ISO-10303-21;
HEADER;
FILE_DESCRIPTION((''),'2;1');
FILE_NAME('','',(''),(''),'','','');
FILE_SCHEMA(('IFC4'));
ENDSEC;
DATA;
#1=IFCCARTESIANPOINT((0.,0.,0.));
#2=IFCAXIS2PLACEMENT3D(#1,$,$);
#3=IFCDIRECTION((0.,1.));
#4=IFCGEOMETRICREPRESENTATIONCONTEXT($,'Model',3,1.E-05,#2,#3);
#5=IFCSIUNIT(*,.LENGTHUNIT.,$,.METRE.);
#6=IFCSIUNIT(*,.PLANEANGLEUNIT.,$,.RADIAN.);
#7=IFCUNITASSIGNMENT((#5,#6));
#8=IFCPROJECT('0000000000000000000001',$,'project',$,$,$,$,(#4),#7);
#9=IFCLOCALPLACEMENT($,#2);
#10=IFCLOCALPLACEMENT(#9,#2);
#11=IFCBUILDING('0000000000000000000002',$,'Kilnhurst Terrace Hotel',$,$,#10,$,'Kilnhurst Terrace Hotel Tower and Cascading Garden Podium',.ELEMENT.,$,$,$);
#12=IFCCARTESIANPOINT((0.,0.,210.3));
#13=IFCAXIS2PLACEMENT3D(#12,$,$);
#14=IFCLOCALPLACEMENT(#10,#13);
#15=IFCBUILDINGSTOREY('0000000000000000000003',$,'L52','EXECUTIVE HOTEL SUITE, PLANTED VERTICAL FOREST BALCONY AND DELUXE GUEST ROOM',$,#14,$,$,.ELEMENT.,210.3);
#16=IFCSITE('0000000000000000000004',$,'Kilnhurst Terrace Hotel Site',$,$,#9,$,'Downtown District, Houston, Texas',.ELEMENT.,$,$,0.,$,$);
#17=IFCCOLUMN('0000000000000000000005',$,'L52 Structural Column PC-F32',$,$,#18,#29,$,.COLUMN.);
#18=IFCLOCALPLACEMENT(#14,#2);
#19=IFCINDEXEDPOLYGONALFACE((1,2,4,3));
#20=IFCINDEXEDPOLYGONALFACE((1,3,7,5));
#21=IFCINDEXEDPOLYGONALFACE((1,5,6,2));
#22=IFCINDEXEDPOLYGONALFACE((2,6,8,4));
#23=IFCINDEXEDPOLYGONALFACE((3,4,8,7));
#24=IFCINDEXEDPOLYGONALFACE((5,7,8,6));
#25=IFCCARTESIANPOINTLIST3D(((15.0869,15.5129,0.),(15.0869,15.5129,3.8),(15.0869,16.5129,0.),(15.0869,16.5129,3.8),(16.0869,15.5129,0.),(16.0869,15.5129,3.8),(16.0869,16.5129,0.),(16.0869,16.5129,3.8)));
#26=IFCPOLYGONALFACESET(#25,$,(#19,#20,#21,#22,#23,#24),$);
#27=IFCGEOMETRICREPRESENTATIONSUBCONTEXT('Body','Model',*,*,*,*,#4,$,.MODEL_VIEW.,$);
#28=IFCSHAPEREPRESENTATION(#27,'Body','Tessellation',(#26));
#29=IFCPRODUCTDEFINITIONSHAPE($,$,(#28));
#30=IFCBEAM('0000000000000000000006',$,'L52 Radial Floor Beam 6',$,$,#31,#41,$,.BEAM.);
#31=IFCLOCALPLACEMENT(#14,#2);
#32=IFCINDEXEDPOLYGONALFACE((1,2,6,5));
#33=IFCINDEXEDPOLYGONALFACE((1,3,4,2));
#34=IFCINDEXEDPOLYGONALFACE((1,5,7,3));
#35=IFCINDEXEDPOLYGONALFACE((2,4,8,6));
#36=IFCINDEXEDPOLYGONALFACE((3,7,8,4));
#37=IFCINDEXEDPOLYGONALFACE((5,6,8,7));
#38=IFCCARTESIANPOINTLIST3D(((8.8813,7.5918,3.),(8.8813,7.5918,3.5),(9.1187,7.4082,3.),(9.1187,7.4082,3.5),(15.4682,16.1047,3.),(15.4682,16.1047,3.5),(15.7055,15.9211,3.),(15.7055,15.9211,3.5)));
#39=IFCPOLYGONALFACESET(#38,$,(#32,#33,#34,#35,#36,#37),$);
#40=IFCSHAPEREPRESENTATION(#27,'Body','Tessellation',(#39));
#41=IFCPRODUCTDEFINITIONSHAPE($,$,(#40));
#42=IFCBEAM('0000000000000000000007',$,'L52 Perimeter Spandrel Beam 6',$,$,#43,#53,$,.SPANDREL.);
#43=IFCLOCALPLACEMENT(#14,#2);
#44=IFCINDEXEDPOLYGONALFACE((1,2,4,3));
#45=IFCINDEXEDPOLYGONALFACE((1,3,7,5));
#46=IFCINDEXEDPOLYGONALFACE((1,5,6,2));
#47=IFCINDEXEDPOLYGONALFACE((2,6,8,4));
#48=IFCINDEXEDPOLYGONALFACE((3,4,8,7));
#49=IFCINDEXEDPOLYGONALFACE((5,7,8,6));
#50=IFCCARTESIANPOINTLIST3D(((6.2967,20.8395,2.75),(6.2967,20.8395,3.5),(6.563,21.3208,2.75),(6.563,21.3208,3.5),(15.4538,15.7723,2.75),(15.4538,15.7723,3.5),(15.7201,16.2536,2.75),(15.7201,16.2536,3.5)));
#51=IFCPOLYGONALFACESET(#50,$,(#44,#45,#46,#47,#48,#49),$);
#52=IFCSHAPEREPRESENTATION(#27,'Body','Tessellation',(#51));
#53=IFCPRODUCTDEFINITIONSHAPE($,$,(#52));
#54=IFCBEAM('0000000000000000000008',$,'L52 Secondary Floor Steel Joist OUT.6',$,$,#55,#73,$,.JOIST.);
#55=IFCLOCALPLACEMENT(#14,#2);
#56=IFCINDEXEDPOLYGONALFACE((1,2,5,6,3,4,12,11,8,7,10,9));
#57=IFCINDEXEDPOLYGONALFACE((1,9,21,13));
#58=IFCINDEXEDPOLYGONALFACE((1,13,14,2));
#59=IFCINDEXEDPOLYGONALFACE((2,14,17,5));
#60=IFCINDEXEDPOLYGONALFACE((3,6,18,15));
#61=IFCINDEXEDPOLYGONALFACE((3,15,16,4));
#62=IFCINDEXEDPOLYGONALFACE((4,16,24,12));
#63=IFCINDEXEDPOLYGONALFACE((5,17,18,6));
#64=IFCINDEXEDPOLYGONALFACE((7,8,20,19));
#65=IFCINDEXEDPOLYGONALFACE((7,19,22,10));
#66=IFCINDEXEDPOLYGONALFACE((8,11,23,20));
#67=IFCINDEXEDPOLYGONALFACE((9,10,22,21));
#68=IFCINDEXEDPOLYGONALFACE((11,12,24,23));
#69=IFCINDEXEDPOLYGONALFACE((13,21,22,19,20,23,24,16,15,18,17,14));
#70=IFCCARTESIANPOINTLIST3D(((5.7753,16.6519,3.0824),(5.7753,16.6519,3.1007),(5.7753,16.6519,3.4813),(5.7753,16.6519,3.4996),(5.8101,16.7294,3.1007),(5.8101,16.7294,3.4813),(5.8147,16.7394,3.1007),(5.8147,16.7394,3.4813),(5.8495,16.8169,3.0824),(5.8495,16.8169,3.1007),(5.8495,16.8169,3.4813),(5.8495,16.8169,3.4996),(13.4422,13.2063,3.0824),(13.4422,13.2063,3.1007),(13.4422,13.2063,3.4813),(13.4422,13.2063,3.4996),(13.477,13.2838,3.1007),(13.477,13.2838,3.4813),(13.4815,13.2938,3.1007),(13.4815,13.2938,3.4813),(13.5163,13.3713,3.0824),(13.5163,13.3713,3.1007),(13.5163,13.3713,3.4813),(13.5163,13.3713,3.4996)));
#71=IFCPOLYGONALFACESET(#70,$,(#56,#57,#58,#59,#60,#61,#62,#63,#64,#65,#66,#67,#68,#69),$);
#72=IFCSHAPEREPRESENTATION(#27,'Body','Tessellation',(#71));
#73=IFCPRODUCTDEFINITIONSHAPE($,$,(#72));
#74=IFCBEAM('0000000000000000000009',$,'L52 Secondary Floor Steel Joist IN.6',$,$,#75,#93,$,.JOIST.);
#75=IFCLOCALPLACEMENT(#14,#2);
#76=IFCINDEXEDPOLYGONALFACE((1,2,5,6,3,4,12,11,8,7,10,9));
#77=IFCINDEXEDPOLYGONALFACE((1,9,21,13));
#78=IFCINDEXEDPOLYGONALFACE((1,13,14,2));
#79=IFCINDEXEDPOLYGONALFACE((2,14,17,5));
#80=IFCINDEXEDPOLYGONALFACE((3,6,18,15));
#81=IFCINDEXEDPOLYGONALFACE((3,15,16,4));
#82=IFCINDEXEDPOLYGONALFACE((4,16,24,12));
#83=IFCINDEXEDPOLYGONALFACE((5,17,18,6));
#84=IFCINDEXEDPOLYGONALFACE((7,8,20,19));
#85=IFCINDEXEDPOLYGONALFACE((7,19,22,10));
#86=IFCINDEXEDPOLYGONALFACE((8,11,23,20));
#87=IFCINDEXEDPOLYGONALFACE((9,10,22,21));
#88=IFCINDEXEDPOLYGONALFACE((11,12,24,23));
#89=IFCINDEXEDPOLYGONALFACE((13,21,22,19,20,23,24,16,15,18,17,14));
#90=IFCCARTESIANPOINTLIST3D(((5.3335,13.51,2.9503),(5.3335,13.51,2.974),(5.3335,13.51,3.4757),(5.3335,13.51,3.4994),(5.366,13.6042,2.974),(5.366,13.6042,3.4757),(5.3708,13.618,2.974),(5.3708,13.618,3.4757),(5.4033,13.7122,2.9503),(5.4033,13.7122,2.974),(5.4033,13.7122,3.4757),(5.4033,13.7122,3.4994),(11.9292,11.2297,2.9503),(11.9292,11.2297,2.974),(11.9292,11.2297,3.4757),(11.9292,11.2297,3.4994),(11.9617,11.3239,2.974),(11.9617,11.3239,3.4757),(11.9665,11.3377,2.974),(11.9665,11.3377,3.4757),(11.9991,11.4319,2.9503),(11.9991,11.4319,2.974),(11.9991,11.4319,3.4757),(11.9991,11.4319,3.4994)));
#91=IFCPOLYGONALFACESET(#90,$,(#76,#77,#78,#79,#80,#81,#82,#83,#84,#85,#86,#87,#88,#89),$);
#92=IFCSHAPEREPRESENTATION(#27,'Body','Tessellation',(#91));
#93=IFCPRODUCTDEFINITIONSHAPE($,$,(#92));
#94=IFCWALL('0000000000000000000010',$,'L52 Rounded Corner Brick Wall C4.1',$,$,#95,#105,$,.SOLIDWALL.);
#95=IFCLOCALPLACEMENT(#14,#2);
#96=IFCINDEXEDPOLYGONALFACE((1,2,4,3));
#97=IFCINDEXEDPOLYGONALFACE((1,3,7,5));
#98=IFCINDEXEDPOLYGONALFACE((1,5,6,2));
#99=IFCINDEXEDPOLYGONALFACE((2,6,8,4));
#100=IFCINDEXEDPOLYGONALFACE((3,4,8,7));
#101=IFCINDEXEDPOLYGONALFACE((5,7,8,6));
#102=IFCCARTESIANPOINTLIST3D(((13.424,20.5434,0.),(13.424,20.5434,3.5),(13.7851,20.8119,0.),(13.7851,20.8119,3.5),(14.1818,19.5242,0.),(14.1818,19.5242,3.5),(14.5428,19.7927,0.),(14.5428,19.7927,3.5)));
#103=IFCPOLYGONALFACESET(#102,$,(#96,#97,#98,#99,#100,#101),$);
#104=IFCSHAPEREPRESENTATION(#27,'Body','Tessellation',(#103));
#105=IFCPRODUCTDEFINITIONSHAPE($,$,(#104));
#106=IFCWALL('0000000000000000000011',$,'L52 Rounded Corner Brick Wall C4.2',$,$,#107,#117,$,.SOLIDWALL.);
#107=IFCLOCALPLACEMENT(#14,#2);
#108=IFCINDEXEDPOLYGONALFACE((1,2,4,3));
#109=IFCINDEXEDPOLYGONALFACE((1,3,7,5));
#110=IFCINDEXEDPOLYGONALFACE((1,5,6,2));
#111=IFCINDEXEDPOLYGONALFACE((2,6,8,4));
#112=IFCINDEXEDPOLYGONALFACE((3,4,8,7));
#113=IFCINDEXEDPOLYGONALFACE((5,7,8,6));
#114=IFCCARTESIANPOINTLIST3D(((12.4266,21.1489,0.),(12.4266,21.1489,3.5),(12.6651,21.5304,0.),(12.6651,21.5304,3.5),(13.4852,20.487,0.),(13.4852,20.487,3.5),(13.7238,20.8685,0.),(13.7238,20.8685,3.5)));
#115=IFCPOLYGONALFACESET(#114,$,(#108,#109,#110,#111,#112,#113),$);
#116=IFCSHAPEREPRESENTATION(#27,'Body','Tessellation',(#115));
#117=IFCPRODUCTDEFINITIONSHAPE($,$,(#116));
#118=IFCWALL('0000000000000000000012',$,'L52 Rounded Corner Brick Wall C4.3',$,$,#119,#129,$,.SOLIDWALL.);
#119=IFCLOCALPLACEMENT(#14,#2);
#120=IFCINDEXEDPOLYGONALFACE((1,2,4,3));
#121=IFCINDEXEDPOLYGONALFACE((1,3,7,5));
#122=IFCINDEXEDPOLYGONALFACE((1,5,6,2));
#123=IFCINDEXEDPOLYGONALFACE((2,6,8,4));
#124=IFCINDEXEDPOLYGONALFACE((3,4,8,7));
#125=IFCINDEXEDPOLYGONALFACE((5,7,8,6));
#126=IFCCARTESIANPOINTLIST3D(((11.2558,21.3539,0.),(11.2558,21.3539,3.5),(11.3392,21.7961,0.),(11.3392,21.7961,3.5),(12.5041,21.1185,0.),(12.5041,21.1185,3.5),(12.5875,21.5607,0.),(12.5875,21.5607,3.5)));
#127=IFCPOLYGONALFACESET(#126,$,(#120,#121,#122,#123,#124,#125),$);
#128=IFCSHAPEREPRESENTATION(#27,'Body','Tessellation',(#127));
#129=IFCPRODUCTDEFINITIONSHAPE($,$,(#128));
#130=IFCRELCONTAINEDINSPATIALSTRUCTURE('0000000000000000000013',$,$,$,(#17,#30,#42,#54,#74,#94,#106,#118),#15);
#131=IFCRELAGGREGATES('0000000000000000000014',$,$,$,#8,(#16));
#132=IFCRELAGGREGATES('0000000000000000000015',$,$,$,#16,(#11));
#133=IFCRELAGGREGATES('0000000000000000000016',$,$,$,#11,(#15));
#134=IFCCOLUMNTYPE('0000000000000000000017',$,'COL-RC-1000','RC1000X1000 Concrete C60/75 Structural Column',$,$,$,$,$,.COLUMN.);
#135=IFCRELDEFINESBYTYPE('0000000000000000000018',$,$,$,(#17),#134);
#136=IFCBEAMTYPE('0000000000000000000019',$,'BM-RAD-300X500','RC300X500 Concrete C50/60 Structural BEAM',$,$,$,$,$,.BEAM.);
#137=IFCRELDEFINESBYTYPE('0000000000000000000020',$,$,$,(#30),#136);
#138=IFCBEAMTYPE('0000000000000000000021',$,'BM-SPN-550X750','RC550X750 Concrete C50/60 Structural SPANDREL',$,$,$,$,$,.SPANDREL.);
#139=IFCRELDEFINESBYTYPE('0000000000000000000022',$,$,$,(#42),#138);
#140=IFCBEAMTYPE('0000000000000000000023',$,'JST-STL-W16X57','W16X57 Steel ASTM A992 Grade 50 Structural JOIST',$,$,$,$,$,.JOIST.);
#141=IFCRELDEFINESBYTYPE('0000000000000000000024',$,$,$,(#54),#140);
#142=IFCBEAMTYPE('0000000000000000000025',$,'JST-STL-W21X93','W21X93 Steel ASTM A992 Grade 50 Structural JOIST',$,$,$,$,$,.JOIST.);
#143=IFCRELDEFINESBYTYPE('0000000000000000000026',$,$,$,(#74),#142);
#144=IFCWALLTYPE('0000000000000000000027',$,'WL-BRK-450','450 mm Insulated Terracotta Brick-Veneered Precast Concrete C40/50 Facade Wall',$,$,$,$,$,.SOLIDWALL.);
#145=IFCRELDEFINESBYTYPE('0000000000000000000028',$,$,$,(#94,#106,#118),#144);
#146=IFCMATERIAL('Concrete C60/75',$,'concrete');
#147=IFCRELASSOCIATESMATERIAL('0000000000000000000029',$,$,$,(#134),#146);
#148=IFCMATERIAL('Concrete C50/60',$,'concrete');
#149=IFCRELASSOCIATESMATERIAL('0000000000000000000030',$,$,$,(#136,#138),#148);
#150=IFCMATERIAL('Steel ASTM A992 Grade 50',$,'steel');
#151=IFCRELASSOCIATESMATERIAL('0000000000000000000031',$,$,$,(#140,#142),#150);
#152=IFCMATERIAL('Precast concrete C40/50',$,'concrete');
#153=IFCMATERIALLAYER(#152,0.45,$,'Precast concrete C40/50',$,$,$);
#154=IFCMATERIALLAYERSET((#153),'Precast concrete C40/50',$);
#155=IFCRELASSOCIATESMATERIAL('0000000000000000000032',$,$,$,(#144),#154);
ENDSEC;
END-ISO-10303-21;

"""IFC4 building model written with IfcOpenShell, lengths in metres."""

from ifc_helpers import new_model, si_unit, direction, frame, frame_2d, origin, origin_2d, place, context, subcontext, project, spatial, rectangle, i_section, extrude, material, layer, layer_set, material_profile, profile_set, type_object, element, save


model = new_model("IFC4")

# Units and contexts
model_context = context("Model", 3, precision=1e-05, world=origin(), true_north=direction((0.0, 1.0)))
body_context = subcontext(model_context, "Body", "Model", "MODEL_VIEW")
ifc_project = project(units=[si_unit("LENGTHUNIT", "METRE"), si_unit("PLANEANGLEUNIT", "RADIAN")], contexts=[model_context])

# Site, building, storey
site_placement = place(None, origin())
site = spatial("IfcSite", under=ifc_project, at=site_placement, Name="Kilnhurst Terrace Hotel Site", LongName="Downtown District, Houston, Texas", CompositionType="ELEMENT", RefElevation=0.0)
building_placement = place(site_placement, origin())
building = spatial("IfcBuilding", under=site, at=building_placement, Name="Kilnhurst Terrace Hotel", LongName="Kilnhurst Terrace Hotel Tower and Cascading Garden Podium", CompositionType="ELEMENT")
storey_placement = place(building_placement, frame((0.0, 0.0, 210.3)))
storey = spatial("IfcBuildingStorey", under=building, at=storey_placement, Name="L52", Description="EXECUTIVE HOTEL SUITE, PLANTED VERTICAL FOREST BALCONY AND DELUXE GUEST ROOM", CompositionType="ELEMENT", Elevation=210.3)

# Column
ifc_material_1 = material(Name="Concrete C60/75", Category="concrete")
ifc_material_profile_1 = material_profile(ifc_material_1, rectangle(XDim=1.0, YDim=1.0, at=origin_2d()), Name="RC1000X1000")
ifc_profile_set_1 = profile_set([ifc_material_profile_1], Name="Concrete C60/75")
column_type = type_object("IfcColumnType", Name="COL-RC-1000", Description="RC1000X1000 Concrete C60/75 Structural Column", PredefinedType="COLUMN", material=ifc_profile_set_1)
column_placement = place(storey_placement, frame((15.5869, 16.0129, 0.0), z_axis=(0.0, 0.0, 1.0), x_axis=(1.0, 0.0, 0.0)))
element("IfcColumn", 1, at=column_placement, inside=storey, type_object=column_type, Name="L52 Structural Column PC-F32", PredefinedType="COLUMN", context=body_context, shape_type="SweptSolid", body=[
    extrude(rectangle(XDim=1.0, YDim=1.0, at=origin_2d()), origin(), (0.0, 0.0, 1.0), 3.8),
])

# Beams
ifc_material_2 = material(Name="Concrete C50/60", Category="concrete")
ifc_material_profile_2 = material_profile(ifc_material_2, rectangle(XDim=0.3, YDim=0.5, at=origin_2d()), Name="RC300X500")
ifc_profile_set_2 = profile_set([ifc_material_profile_2], Name="Concrete C50/60")
beam_type_1 = type_object("IfcBeamType", Name="BM-RAD-300X500", Description="RC300X500 Concrete C50/60 Structural BEAM", PredefinedType="BEAM", material=ifc_profile_set_2)
beam_1_placement = place(storey_placement, frame((9.0, 7.5, 3.25), z_axis=(0.611955, 0.790892, 0.0), x_axis=(-0.790892, 0.611955, 0.0)))
element("IfcBeam", 2, at=beam_1_placement, inside=storey, type_object=beam_type_1, Name="L52 Radial Floor Beam 6", PredefinedType="BEAM", context=body_context, shape_type="SweptSolid", body=[
    extrude(rectangle(XDim=0.3, YDim=0.5, at=origin_2d()), origin(), (0.0, 0.0, 1.0), 10.7637),
])
ifc_material_profile_3 = material_profile(ifc_material_2, rectangle(XDim=0.55, YDim=0.75, at=origin_2d()), Name="RC550X750")
ifc_profile_set_3 = profile_set([ifc_material_profile_3], Name="Concrete C50/60")
beam_type_2 = type_object("IfcBeamType", Name="BM-SPN-550X750", Description="RC550X750 Concrete C50/60 Structural SPANDREL", PredefinedType="SPANDREL", material=ifc_profile_set_3)
beam_2_placement = place(storey_placement, frame((15.5869, 16.0129, 3.125), z_axis=(-0.87497, 0.484177, 0.0), x_axis=(-0.484177, -0.87497, 0.0)))
element("IfcBeam", 3, at=beam_2_placement, inside=storey, type_object=beam_type_2, Name="L52 Perimeter Spandrel Beam 6", PredefinedType="SPANDREL", context=body_context, shape_type="SweptSolid", body=[
    extrude(rectangle(XDim=0.55, YDim=0.75, at=origin_2d()), origin(), (0.0, 0.0, 1.0), 10.4656),
])
ifc_material_3 = material(Name="Steel ASTM A992 Grade 50", Category="steel")
ifc_material_profile_4 = material_profile(ifc_material_3, i_section(OverallWidth=0.1809, OverallDepth=0.4172, WebThickness=0.011, FlangeThickness=0.0183, at=origin_2d()), Name="W16X57")
ifc_profile_set_4 = profile_set([ifc_material_profile_4], Name="Steel ASTM A992 Grade 50")
beam_type_3 = type_object("IfcBeamType", Name="JST-STL-W16X57", Description="W16X57 Steel ASTM A992 Grade 50 Structural JOIST", PredefinedType="JOIST", material=ifc_profile_set_4)
beam_3_placement = place(storey_placement, frame((13.4792, 13.2888, 3.291), z_axis=(-0.912121, 0.409921, 0.0), x_axis=(-0.409921, -0.912121, 0.0)))
element("IfcBeam", 4, at=beam_3_placement, inside=storey, type_object=beam_type_3, Name="L52 Secondary Floor Steel Joist OUT.6", PredefinedType="JOIST", context=body_context, shape_type="SweptSolid", body=[
    extrude(i_section(OverallWidth=0.1809, OverallDepth=0.4172, WebThickness=0.011, FlangeThickness=0.0183, at=origin_2d()), origin(), (0.0, 0.0, 1.0), 8.4055),
])
ifc_material_profile_5 = material_profile(ifc_material_3, i_section(OverallWidth=0.2139, OverallDepth=0.5491, WebThickness=0.0146, FlangeThickness=0.0237, at=origin_2d()), Name="W21X93")
ifc_profile_set_5 = profile_set([ifc_material_profile_5], Name="Steel ASTM A992 Grade 50")
beam_type_4 = type_object("IfcBeamType", Name="JST-STL-W21X93", Description="W21X93 Steel ASTM A992 Grade 50 Structural JOIST", PredefinedType="JOIST", material=ifc_profile_set_5)
beam_4_placement = place(storey_placement, frame((11.9641, 11.3308, 3.2249), z_axis=(-0.945112, 0.326745, 0.0), x_axis=(-0.326745, -0.945112, 0.0)))
element("IfcBeam", 5, at=beam_4_placement, inside=storey, type_object=beam_type_4, Name="L52 Secondary Floor Steel Joist IN.6", PredefinedType="JOIST", context=body_context, shape_type="SweptSolid", body=[
    extrude(i_section(OverallWidth=0.2139, OverallDepth=0.5491, WebThickness=0.0146, FlangeThickness=0.0237, at=origin_2d()), origin(), (0.0, 0.0, 1.0), 6.9788),
])

# Walls
ifc_material_4 = material(Name="Precast concrete C40/50", Category="concrete")
ifc_layer_1 = layer(ifc_material_4, 0.45, Name="Precast concrete C40/50")
ifc_layer_set_1 = layer_set([ifc_layer_1], Name="Precast concrete C40/50")
wall_type_1 = type_object("IfcWallType", Name="WL-BRK-450", Description="450 mm Insulated Terracotta Brick-Veneered Precast Concrete C40/50 Facade Wall", PredefinedType="SOLIDWALL", material=ifc_layer_set_1)
wall_1_placement = place(storey_placement, frame((14.3623, 19.6584, 0.0), z_axis=(0.0, 0.0, 1.0), x_axis=(-0.596642, 0.802507, 0.0)))
element("IfcWall", 6, at=wall_1_placement, inside=storey, type_object=wall_type_1, Name="L52 Rounded Corner Brick Wall C4.1", PredefinedType="SOLIDWALL", context=body_context, shape_type="SweptSolid", body=[
    extrude(rectangle(XDim=1.27, YDim=0.45, at=frame_2d((0.635, 0.0))), origin(), (0.0, 0.0, 1.0), 3.5),
])
wall_2_placement = place(storey_placement, frame((13.6045, 20.6777, 0.0), z_axis=(0.0, 0.0, 1.0), x_axis=(-0.84791, 0.53014, 0.0)))
element("IfcWall", 7, at=wall_2_placement, inside=storey, type_object=wall_type_1, Name="L52 Rounded Corner Brick Wall C4.2", PredefinedType="SOLIDWALL", context=body_context, shape_type="SweptSolid", body=[
    extrude(rectangle(XDim=1.2485, YDim=0.45, at=frame_2d((0.6243, 0.0))), origin(), (0.0, 0.0, 1.0), 3.5),
])
wall_3_placement = place(storey_placement, frame((12.5459, 21.3396, 0.0), z_axis=(0.0, 0.0, 1.0), x_axis=(-0.982687, 0.185275, 0.0)))
element("IfcWall", 8, at=wall_3_placement, inside=storey, type_object=wall_type_1, Name="L52 Rounded Corner Brick Wall C4.3", PredefinedType="SOLIDWALL", context=body_context, shape_type="SweptSolid", body=[
    extrude(rectangle(XDim=1.2703, YDim=0.45, at=frame_2d((0.6353, 0.0))), origin(), (0.0, 0.0, 1.0), 3.5),
])

save(model, "model.ifc")
